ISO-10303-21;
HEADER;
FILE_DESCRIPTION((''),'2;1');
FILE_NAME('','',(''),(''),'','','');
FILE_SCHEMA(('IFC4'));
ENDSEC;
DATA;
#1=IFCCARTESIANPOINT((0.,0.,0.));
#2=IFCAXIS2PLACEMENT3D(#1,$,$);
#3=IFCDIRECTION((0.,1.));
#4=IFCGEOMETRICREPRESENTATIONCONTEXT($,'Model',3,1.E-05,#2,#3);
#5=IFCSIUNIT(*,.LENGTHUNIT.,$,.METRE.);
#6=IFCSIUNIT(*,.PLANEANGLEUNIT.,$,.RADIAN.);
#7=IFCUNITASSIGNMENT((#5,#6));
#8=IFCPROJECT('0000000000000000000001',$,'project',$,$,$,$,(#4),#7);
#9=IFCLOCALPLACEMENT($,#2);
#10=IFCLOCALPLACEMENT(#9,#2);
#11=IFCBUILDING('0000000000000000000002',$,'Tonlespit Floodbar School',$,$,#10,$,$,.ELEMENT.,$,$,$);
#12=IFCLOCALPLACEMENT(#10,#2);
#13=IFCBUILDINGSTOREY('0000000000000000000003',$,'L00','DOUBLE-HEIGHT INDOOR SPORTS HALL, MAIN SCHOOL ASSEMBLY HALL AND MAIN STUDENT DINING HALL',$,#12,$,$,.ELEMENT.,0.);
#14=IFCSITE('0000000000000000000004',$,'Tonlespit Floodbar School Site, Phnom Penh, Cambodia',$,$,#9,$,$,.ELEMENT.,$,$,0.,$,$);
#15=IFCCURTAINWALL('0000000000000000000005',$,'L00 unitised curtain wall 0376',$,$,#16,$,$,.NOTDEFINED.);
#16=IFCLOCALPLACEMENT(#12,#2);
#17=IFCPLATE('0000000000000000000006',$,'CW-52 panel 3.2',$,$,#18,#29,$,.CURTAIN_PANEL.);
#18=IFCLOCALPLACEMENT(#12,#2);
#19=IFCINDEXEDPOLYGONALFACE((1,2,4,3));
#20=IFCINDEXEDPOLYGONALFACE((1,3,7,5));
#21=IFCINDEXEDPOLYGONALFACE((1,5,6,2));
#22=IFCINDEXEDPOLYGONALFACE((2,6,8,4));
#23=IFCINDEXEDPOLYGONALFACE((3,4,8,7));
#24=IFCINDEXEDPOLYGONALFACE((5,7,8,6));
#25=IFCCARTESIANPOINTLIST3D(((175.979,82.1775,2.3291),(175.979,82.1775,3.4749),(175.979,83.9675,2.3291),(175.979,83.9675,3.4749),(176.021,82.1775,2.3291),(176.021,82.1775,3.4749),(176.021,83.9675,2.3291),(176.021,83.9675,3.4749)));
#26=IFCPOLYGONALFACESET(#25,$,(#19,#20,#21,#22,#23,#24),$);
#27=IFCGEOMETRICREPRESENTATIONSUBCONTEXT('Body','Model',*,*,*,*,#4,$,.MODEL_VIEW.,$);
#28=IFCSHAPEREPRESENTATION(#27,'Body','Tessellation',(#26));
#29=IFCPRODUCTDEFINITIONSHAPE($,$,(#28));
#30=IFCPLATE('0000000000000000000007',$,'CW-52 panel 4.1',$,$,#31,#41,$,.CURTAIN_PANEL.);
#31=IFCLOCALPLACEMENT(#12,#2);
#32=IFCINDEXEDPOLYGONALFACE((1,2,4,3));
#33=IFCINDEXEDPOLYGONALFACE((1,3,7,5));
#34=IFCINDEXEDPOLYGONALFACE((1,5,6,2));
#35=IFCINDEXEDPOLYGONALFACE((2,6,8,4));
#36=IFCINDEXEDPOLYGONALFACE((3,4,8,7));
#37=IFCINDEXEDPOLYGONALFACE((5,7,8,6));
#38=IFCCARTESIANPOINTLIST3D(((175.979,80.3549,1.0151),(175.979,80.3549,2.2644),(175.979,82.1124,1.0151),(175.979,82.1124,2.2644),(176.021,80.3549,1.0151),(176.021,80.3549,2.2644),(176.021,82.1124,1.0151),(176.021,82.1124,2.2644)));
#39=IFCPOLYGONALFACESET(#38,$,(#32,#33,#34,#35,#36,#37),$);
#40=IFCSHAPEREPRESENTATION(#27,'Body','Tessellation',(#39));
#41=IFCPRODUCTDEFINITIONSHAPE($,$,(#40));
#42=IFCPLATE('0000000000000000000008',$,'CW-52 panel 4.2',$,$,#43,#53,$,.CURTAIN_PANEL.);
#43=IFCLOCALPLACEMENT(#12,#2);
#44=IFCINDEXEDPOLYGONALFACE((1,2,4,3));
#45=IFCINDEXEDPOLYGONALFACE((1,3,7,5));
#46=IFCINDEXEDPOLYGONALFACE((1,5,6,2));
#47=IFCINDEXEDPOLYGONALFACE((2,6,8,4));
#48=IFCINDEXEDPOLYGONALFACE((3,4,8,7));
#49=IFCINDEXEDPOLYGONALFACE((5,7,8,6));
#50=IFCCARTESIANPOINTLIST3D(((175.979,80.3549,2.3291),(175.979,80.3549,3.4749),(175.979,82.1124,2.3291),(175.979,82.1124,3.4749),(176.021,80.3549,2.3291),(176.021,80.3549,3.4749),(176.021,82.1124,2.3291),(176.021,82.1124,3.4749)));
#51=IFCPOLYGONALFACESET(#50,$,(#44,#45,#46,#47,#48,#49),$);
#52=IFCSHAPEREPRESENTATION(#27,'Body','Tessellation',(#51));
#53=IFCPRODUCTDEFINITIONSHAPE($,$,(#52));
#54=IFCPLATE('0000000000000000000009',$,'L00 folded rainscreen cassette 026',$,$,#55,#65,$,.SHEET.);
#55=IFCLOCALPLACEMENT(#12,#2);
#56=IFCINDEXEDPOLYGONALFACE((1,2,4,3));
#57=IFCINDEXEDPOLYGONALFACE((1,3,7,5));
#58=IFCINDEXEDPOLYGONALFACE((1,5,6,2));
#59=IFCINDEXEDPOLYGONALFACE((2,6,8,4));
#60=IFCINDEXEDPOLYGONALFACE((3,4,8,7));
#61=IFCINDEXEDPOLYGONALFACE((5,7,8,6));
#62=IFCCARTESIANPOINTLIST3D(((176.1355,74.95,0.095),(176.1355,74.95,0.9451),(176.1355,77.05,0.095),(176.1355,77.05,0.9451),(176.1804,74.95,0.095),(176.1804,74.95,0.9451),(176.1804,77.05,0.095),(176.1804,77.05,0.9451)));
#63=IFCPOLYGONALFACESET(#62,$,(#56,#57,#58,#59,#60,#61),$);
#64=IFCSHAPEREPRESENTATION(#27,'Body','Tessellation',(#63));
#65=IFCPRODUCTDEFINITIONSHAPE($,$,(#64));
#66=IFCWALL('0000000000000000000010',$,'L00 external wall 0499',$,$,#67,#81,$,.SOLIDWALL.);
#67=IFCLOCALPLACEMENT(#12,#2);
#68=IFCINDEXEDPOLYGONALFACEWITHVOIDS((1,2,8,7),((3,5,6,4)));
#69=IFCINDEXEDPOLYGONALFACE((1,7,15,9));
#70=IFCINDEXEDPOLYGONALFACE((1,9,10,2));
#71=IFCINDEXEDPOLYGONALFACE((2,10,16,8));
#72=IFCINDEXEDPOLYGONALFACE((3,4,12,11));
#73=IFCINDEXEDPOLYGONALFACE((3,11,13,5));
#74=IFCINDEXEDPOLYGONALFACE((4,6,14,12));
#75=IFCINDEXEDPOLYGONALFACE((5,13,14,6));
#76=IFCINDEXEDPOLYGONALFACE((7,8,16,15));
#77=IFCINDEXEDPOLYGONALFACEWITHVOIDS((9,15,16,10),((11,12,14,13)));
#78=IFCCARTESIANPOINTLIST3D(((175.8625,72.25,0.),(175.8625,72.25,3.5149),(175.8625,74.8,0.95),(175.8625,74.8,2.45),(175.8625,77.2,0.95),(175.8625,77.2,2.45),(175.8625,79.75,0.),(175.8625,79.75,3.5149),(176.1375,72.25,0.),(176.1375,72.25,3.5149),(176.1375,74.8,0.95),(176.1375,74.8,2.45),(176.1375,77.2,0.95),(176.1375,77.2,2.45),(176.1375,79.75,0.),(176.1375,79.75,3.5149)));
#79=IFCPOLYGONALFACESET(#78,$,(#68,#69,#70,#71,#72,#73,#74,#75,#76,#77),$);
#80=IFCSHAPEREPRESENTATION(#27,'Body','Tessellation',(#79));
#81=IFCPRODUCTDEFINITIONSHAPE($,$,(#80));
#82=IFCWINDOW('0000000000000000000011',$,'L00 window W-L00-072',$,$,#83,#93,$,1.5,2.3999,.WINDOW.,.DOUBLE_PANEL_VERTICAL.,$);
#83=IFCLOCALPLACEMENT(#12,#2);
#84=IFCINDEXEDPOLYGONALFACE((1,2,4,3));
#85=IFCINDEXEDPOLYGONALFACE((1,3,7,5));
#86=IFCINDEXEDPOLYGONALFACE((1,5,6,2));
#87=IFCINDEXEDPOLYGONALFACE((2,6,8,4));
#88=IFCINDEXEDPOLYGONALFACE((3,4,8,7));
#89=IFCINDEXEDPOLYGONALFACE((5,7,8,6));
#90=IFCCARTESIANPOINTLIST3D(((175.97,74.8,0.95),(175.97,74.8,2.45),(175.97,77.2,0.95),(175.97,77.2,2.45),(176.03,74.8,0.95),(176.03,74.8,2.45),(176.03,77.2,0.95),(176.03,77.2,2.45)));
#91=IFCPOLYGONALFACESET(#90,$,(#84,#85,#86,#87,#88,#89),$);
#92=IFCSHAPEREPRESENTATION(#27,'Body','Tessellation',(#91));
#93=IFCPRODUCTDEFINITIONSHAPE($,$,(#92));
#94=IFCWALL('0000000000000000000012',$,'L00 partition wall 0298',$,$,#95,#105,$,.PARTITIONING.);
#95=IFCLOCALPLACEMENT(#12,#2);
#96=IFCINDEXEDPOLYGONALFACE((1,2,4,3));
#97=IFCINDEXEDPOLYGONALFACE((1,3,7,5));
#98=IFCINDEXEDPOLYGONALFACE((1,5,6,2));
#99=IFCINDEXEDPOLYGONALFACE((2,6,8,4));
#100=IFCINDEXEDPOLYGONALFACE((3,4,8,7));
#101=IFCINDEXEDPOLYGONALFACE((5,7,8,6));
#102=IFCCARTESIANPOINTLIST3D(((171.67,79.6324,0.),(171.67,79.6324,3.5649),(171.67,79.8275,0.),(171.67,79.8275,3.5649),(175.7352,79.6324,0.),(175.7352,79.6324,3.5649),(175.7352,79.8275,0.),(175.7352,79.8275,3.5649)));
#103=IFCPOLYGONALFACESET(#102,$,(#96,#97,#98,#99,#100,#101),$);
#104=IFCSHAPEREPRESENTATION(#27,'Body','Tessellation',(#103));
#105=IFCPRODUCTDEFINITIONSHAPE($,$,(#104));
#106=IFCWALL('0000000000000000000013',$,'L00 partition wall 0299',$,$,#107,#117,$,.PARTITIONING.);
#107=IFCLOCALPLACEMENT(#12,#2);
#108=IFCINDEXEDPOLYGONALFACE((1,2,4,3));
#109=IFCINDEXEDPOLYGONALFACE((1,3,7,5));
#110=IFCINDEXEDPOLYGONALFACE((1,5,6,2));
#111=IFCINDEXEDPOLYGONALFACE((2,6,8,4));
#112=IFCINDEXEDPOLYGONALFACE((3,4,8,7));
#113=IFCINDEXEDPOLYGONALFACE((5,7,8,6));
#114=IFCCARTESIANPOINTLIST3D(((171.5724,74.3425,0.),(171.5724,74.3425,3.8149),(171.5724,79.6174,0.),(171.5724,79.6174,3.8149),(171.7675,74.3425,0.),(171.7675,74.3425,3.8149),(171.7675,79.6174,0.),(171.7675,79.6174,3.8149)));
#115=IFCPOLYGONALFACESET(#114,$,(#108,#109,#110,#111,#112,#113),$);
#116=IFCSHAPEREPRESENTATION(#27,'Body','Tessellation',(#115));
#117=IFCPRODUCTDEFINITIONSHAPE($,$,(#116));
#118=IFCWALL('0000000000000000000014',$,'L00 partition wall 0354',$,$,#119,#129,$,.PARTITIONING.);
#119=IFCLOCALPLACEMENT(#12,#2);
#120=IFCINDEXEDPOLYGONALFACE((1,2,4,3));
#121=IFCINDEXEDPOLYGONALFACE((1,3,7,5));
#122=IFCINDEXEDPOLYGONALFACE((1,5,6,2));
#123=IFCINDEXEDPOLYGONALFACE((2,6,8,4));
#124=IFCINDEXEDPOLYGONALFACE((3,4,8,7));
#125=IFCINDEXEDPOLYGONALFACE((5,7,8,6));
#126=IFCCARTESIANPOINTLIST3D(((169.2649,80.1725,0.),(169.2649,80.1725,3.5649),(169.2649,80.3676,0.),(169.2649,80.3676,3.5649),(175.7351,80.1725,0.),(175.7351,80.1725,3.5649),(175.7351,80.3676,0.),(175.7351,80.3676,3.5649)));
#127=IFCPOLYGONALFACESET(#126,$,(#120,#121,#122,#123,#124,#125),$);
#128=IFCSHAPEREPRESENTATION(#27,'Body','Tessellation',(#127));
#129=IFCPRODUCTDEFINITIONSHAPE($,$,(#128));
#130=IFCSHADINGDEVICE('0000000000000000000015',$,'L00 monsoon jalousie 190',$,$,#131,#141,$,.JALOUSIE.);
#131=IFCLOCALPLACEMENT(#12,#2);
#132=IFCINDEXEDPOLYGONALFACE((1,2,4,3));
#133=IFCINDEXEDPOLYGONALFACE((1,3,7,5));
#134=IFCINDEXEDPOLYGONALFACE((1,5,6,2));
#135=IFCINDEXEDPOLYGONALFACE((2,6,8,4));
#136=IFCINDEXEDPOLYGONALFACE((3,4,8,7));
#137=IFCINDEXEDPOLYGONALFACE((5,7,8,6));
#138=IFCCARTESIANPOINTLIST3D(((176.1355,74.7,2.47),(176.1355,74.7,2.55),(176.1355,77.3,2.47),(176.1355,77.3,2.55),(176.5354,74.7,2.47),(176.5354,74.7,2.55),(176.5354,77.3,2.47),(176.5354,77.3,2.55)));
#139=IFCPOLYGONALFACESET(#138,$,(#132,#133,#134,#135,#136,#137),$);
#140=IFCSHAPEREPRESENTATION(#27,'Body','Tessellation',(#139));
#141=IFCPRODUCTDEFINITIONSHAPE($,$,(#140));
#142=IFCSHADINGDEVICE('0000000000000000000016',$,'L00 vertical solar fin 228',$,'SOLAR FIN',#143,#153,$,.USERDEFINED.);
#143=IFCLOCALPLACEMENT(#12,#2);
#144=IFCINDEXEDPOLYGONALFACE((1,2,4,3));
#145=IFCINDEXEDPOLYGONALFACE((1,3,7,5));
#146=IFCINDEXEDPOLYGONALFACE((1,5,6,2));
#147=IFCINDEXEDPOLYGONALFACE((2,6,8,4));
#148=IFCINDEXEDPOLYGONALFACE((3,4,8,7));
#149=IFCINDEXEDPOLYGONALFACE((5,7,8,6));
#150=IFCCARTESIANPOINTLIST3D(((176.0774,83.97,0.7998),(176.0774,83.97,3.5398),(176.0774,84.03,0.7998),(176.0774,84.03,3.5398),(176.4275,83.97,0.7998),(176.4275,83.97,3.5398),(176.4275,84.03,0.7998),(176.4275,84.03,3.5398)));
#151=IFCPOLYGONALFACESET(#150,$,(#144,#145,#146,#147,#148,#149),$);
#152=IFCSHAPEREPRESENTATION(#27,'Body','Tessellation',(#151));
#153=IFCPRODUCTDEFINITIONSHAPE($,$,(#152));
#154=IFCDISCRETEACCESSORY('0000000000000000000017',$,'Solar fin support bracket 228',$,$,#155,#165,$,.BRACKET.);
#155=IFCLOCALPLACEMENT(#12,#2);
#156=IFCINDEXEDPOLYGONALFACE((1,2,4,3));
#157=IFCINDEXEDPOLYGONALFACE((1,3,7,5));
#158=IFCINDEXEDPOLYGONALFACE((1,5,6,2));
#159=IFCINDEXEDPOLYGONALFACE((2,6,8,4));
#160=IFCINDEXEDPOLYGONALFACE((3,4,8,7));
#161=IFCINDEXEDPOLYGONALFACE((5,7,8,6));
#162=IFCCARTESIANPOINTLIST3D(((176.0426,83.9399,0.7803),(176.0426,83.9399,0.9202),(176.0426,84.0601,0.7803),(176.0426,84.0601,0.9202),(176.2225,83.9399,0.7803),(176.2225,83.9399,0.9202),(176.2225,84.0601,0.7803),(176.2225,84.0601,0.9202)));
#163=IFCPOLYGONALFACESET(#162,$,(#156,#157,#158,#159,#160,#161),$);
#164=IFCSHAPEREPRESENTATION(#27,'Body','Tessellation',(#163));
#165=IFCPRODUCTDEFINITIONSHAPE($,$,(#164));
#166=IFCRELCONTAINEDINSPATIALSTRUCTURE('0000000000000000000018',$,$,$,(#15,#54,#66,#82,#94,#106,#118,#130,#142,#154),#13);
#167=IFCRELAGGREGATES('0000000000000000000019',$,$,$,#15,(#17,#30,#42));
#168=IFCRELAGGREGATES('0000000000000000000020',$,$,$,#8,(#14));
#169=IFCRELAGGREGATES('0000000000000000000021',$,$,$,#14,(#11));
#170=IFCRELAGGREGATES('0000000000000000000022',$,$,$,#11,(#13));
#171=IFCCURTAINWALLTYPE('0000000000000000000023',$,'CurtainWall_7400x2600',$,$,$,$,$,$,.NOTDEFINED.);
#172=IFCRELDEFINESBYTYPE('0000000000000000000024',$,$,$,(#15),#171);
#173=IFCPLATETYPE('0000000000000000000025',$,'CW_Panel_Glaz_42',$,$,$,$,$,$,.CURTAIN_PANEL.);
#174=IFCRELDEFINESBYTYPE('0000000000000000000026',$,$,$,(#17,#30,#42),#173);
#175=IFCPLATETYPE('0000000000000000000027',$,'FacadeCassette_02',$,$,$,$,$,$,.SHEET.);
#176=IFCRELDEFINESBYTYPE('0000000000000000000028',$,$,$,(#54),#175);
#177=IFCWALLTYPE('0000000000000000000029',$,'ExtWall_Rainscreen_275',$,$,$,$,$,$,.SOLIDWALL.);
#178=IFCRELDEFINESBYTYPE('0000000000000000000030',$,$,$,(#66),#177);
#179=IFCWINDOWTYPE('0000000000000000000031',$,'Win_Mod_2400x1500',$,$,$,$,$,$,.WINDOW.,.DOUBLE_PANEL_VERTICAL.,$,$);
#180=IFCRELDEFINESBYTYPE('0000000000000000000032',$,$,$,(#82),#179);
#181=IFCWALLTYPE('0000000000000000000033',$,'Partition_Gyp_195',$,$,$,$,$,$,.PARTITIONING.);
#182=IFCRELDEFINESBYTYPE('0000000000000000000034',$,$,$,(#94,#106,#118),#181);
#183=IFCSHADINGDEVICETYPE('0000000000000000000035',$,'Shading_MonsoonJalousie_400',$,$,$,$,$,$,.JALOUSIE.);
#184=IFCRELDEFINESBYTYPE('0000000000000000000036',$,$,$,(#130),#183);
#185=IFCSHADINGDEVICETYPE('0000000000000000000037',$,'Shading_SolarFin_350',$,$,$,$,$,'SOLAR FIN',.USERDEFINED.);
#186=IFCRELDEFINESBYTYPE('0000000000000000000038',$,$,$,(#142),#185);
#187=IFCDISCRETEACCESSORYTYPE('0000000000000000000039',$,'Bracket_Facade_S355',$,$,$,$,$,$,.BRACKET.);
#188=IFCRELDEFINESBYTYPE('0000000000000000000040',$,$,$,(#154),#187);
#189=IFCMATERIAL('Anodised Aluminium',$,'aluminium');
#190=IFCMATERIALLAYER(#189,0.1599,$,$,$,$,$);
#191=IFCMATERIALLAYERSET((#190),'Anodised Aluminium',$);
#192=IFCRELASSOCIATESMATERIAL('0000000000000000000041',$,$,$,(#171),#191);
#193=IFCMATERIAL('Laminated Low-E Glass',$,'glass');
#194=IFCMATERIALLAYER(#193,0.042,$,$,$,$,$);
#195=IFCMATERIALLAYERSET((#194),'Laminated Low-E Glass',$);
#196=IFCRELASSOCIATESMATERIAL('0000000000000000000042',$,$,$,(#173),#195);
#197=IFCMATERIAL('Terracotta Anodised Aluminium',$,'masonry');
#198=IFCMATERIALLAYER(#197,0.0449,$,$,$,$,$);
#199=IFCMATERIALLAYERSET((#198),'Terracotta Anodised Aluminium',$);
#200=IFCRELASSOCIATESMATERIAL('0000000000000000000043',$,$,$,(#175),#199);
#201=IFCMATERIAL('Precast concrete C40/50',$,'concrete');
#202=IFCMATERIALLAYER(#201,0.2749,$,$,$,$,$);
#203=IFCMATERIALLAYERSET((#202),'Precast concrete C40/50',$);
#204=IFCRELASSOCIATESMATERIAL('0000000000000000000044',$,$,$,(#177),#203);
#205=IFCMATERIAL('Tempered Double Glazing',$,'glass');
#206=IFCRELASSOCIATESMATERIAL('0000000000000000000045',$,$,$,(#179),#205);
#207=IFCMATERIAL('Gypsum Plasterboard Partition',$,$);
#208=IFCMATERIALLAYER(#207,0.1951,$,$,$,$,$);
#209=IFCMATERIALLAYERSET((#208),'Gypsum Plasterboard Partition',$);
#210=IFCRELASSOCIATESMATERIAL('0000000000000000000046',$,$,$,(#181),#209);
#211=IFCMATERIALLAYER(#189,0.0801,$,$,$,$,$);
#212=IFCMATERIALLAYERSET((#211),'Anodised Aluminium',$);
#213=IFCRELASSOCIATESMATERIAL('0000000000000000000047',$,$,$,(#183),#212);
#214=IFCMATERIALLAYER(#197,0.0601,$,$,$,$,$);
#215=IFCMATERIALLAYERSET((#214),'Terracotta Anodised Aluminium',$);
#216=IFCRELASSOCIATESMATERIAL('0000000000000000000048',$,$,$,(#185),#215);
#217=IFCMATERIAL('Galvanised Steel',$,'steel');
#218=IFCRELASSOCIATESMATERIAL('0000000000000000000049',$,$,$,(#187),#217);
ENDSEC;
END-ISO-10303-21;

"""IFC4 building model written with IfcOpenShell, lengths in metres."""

from ifc_helpers import new_model, si_unit, direction, frame, frame_2d, origin, origin_2d, place, context, subcontext, project, spatial, rectangle, extrude, material, layer, layer_set, type_object, element, fill, aggregate, save


model = new_model("IFC4")

# Units and contexts
model_context = context("Model", 3, precision=1e-05, world=origin(), true_north=direction((0.0, 1.0)))
body_context = subcontext(model_context, "Body", "Model", "MODEL_VIEW")
ifc_project = project(units=[si_unit("LENGTHUNIT", "METRE"), si_unit("PLANEANGLEUNIT", "RADIAN")], contexts=[model_context])

# Site, building, storey
site_placement = place(None, origin())
site = spatial("IfcSite", under=ifc_project, at=site_placement, Name="Tonlespit Floodbar School Site, Phnom Penh, Cambodia", CompositionType="ELEMENT", RefElevation=0.0)
building_placement = place(site_placement, origin())
building = spatial("IfcBuilding", under=site, at=building_placement, Name="Tonlespit Floodbar School", CompositionType="ELEMENT")
storey_placement = place(building_placement, origin())
storey = spatial("IfcBuildingStorey", under=building, at=storey_placement, Name="L00", Description="DOUBLE-HEIGHT INDOOR SPORTS HALL, MAIN SCHOOL ASSEMBLY HALL AND MAIN STUDENT DINING HALL", CompositionType="ELEMENT", Elevation=0.0)

# Curtain wall
ifc_material_1 = material(Name="Anodised Aluminium", Category="aluminium")
ifc_layer_1 = layer(ifc_material_1, 0.1599)
ifc_layer_set_1 = layer_set([ifc_layer_1], Name="Anodised Aluminium")
curtain_wall_type = type_object("IfcCurtainWallType", Name="CurtainWall_7400x2600", PredefinedType="NOTDEFINED", material=ifc_layer_set_1)
curtain_wall_placement = place(storey_placement, origin())
curtain_wall = element("IfcCurtainWall", 1, at=curtain_wall_placement, inside=storey, type_object=curtain_wall_type, Name="L00 unitised curtain wall 0376", PredefinedType="NOTDEFINED")

# Plates
ifc_material_2 = material(Name="Laminated Low-E Glass", Category="glass")
ifc_layer_2 = layer(ifc_material_2, 0.042)
ifc_layer_set_2 = layer_set([ifc_layer_2], Name="Laminated Low-E Glass")
plate_type_1 = type_object("IfcPlateType", Name="CW_Panel_Glaz_42", PredefinedType="CURTAIN_PANEL", material=ifc_layer_set_2)
plate_1_placement = place(storey_placement, frame((176.0, 83.0725, 2.3291), z_axis=(0.0, 0.0, 1.0), x_axis=(0.0, -1.0, 0.0)))
plate_1 = element("IfcPlate", 2, at=plate_1_placement, type_object=plate_type_1, Name="CW-52 panel 3.2", PredefinedType="CURTAIN_PANEL", context=body_context, shape_type="SweptSolid", body=[
    extrude(rectangle(XDim=1.79, YDim=0.042, at=origin_2d()), origin(), (0.0, 0.0, 1.0), 1.1458),
])
plate_2_placement = place(storey_placement, frame((176.0, 81.2336, 1.0151), z_axis=(0.0, 0.0, 1.0), x_axis=(0.0, -1.0, 0.0)))
plate_2 = element("IfcPlate", 3, at=plate_2_placement, type_object=plate_type_1, Name="CW-52 panel 4.1", PredefinedType="CURTAIN_PANEL", context=body_context, shape_type="SweptSolid", body=[
    extrude(rectangle(XDim=1.7576, YDim=0.042, at=origin_2d()), origin(), (0.0, 0.0, 1.0), 1.2493),
])
plate_3_placement = place(storey_placement, frame((176.0, 81.2336, 2.3291), z_axis=(0.0, 0.0, 1.0), x_axis=(0.0, -1.0, 0.0)))
plate_3 = element("IfcPlate", 4, at=plate_3_placement, type_object=plate_type_1, Name="CW-52 panel 4.2", PredefinedType="CURTAIN_PANEL", context=body_context, shape_type="SweptSolid", body=[
    extrude(rectangle(XDim=1.7576, YDim=0.042, at=origin_2d()), origin(), (0.0, 0.0, 1.0), 1.1458),
])
aggregate(curtain_wall, [plate_1, plate_2, plate_3])
ifc_material_3 = material(Name="Terracotta Anodised Aluminium", Category="masonry")
ifc_layer_3 = layer(ifc_material_3, 0.0449)
ifc_layer_set_3 = layer_set([ifc_layer_3], Name="Terracotta Anodised Aluminium")
plate_type_2 = type_object("IfcPlateType", Name="FacadeCassette_02", PredefinedType="SHEET", material=ifc_layer_set_3)
plate_4_placement = place(storey_placement, frame((176.158, 76.0, 0.095), z_axis=(0.0, 0.0, 1.0), x_axis=(0.0, -1.0, 0.0)))
element("IfcPlate", 5, at=plate_4_placement, inside=storey, type_object=plate_type_2, Name="L00 folded rainscreen cassette 026", PredefinedType="SHEET", context=body_context, shape_type="SweptSolid", body=[
    extrude(rectangle(XDim=2.1001, YDim=0.0449, at=origin_2d()), origin(), (0.0, 0.0, 1.0), 0.8501),
])

# Wall, opening, window
ifc_material_4 = material(Name="Precast concrete C40/50", Category="concrete")
ifc_layer_4 = layer(ifc_material_4, 0.2749)
ifc_layer_set_4 = layer_set([ifc_layer_4], Name="Precast concrete C40/50")
wall_type_1 = type_object("IfcWallType", Name="ExtWall_Rainscreen_275", PredefinedType="SOLIDWALL", material=ifc_layer_set_4)
wall_1_placement = place(storey_placement, frame((176.0, 79.75, 0.0), z_axis=(0.0, 0.0, 1.0), x_axis=(0.0, -1.0, 0.0)))
wall_1 = element("IfcWall", 6, at=wall_1_placement, inside=storey, type_object=wall_type_1, Name="L00 external wall 0499", PredefinedType="SOLIDWALL", context=body_context, shape_type="SweptSolid", body=[
    extrude(rectangle(XDim=7.5, YDim=0.2749, at=frame_2d((3.75, 0.0))), origin(), (0.0, 0.0, 1.0), 3.5149),
])
opening_placement = place(wall_1_placement, frame((2.55, 0.0, 0.95)))
opening = element("IfcOpeningElement", 7, at=opening_placement, cuts=wall_1, PredefinedType="OPENING", context=body_context, shape_type="SweptSolid", body=[
    extrude(rectangle(XDim=2.3999, YDim=1.5, at=frame_2d((1.2, 0.75))), frame((0.0, 0.1475, 0.0), z_axis=(0.0, -1.0, 0.0), x_axis=(1.0, 0.0, 0.0)), (0.0, 0.0, 1.0), 0.2949),
])
ifc_material_5 = material(Name="Tempered Double Glazing", Category="glass")
window_type = type_object("IfcWindowType", Name="Win_Mod_2400x1500", PartitioningType="DOUBLE_PANEL_VERTICAL", PredefinedType="WINDOW", material=ifc_material_5)
window_placement = place(opening_placement, origin())
window = element("IfcWindow", 8, at=window_placement, inside=storey, type_object=window_type, Name="L00 window W-L00-072", OverallHeight=1.5, OverallWidth=2.3999, PartitioningType="DOUBLE_PANEL_VERTICAL", PredefinedType="WINDOW", context=body_context, shape_type="SweptSolid", body=[
    extrude(rectangle(XDim=2.3999, YDim=1.5, at=frame_2d((1.2, 0.75))), frame((0.0, 0.03, 0.0), z_axis=(0.0, -1.0, 0.0), x_axis=(1.0, 0.0, 0.0)), (0.0, 0.0, 1.0), 0.0601),
])
fill(opening, window)

# Walls
ifc_material_6 = material(Name="Gypsum Plasterboard Partition")
ifc_layer_5 = layer(ifc_material_6, 0.1951)
ifc_layer_set_5 = layer_set([ifc_layer_5], Name="Gypsum Plasterboard Partition")
wall_type_2 = type_object("IfcWallType", Name="Partition_Gyp_195", PredefinedType="PARTITIONING", material=ifc_layer_set_5)
wall_2_placement = place(storey_placement, frame((171.6699, 79.73, 0.0), z_axis=(0.0, 0.0, 1.0), x_axis=(1.0, 0.0, 0.0)))
element("IfcWall", 9, at=wall_2_placement, inside=storey, type_object=wall_type_2, Name="L00 partition wall 0298", PredefinedType="PARTITIONING", context=body_context, shape_type="SweptSolid", body=[
    extrude(rectangle(XDim=4.0652, YDim=0.1951, at=frame_2d((2.0327, 0.0))), origin(), (0.0, 0.0, 1.0), 3.5649),
])
wall_3_placement = place(storey_placement, frame((171.6699, 74.3425, 0.0), z_axis=(0.0, 0.0, 1.0), x_axis=(0.0, 1.0, 0.0)))
element("IfcWall", 10, at=wall_3_placement, inside=storey, type_object=wall_type_2, Name="L00 partition wall 0299", PredefinedType="PARTITIONING", context=body_context, shape_type="SweptSolid", body=[
    extrude(rectangle(XDim=5.2749, YDim=0.1951, at=frame_2d((2.6375, 0.0))), origin(), (0.0, 0.0, 1.0), 3.8149),
])
wall_4_placement = place(storey_placement, frame((169.2649, 80.27, 0.0), z_axis=(0.0, 0.0, 1.0), x_axis=(1.0, 0.0, 0.0)))
element("IfcWall", 11, at=wall_4_placement, inside=storey, type_object=wall_type_2, Name="L00 partition wall 0354", PredefinedType="PARTITIONING", context=body_context, shape_type="SweptSolid", body=[
    extrude(rectangle(XDim=6.4702, YDim=0.1951, at=frame_2d((3.2351, 0.0))), origin(), (0.0, 0.0, 1.0), 3.5649),
])

# Shading devices
ifc_layer_6 = layer(ifc_material_1, 0.0801)
ifc_layer_set_6 = layer_set([ifc_layer_6], Name="Anodised Aluminium")
shading_device_type_1 = type_object("IfcShadingDeviceType", Name="Shading_MonsoonJalousie_400", PredefinedType="JALOUSIE", material=ifc_layer_set_6)
shading_device_1_placement = place(storey_placement, frame((176.3354, 76.0, 2.47), z_axis=(0.0, 0.0, 1.0), x_axis=(0.0, -1.0, 0.0)))
element("IfcShadingDevice", 12, at=shading_device_1_placement, inside=storey, type_object=shading_device_type_1, Name="L00 monsoon jalousie 190", PredefinedType="JALOUSIE", context=body_context, shape_type="SweptSolid", body=[
    extrude(rectangle(XDim=2.6001, YDim=0.3999, at=origin_2d()), origin(), (0.0, 0.0, 1.0), 0.0801),
])
ifc_layer_7 = layer(ifc_material_3, 0.0601)
ifc_layer_set_7 = layer_set([ifc_layer_7], Name="Terracotta Anodised Aluminium")
shading_device_type_2 = type_object("IfcShadingDeviceType", Name="Shading_SolarFin_350", ElementType="SOLAR FIN", PredefinedType="USERDEFINED", material=ifc_layer_set_7)
shading_device_2_placement = place(storey_placement, frame((176.2524, 84.0, 0.7998), z_axis=(0.0, 0.0, 1.0), x_axis=(0.0, -1.0, 0.0)))
element("IfcShadingDevice", 13, at=shading_device_2_placement, inside=storey, type_object=shading_device_type_2, Name="L00 vertical solar fin 228", ObjectType="SOLAR FIN", PredefinedType="USERDEFINED", context=body_context, shape_type="SweptSolid", body=[
    extrude(rectangle(XDim=0.0601, YDim=0.3501, at=origin_2d()), origin(), (0.0, 0.0, 1.0), 2.74),
])

# Discrete accessory
ifc_material_7 = material(Name="Galvanised Steel", Category="steel")
discrete_accessory_type = type_object("IfcDiscreteAccessoryType", Name="Bracket_Facade_S355", PredefinedType="BRACKET", material=ifc_material_7)
discrete_accessory_placement = place(storey_placement, frame((176.1326, 84.0, 0.7803), z_axis=(0.0, 0.0, 1.0), x_axis=(0.0, -1.0, 0.0)))
element("IfcDiscreteAccessory", 14, at=discrete_accessory_placement, inside=storey, type_object=discrete_accessory_type, Name="Solar fin support bracket 228", PredefinedType="BRACKET", context=body_context, shape_type="SweptSolid", body=[
    extrude(rectangle(XDim=0.1201, YDim=0.1799, at=origin_2d()), origin(), (0.0, 0.0, 1.0), 0.1399),
])

save(model, "model.ifc")
